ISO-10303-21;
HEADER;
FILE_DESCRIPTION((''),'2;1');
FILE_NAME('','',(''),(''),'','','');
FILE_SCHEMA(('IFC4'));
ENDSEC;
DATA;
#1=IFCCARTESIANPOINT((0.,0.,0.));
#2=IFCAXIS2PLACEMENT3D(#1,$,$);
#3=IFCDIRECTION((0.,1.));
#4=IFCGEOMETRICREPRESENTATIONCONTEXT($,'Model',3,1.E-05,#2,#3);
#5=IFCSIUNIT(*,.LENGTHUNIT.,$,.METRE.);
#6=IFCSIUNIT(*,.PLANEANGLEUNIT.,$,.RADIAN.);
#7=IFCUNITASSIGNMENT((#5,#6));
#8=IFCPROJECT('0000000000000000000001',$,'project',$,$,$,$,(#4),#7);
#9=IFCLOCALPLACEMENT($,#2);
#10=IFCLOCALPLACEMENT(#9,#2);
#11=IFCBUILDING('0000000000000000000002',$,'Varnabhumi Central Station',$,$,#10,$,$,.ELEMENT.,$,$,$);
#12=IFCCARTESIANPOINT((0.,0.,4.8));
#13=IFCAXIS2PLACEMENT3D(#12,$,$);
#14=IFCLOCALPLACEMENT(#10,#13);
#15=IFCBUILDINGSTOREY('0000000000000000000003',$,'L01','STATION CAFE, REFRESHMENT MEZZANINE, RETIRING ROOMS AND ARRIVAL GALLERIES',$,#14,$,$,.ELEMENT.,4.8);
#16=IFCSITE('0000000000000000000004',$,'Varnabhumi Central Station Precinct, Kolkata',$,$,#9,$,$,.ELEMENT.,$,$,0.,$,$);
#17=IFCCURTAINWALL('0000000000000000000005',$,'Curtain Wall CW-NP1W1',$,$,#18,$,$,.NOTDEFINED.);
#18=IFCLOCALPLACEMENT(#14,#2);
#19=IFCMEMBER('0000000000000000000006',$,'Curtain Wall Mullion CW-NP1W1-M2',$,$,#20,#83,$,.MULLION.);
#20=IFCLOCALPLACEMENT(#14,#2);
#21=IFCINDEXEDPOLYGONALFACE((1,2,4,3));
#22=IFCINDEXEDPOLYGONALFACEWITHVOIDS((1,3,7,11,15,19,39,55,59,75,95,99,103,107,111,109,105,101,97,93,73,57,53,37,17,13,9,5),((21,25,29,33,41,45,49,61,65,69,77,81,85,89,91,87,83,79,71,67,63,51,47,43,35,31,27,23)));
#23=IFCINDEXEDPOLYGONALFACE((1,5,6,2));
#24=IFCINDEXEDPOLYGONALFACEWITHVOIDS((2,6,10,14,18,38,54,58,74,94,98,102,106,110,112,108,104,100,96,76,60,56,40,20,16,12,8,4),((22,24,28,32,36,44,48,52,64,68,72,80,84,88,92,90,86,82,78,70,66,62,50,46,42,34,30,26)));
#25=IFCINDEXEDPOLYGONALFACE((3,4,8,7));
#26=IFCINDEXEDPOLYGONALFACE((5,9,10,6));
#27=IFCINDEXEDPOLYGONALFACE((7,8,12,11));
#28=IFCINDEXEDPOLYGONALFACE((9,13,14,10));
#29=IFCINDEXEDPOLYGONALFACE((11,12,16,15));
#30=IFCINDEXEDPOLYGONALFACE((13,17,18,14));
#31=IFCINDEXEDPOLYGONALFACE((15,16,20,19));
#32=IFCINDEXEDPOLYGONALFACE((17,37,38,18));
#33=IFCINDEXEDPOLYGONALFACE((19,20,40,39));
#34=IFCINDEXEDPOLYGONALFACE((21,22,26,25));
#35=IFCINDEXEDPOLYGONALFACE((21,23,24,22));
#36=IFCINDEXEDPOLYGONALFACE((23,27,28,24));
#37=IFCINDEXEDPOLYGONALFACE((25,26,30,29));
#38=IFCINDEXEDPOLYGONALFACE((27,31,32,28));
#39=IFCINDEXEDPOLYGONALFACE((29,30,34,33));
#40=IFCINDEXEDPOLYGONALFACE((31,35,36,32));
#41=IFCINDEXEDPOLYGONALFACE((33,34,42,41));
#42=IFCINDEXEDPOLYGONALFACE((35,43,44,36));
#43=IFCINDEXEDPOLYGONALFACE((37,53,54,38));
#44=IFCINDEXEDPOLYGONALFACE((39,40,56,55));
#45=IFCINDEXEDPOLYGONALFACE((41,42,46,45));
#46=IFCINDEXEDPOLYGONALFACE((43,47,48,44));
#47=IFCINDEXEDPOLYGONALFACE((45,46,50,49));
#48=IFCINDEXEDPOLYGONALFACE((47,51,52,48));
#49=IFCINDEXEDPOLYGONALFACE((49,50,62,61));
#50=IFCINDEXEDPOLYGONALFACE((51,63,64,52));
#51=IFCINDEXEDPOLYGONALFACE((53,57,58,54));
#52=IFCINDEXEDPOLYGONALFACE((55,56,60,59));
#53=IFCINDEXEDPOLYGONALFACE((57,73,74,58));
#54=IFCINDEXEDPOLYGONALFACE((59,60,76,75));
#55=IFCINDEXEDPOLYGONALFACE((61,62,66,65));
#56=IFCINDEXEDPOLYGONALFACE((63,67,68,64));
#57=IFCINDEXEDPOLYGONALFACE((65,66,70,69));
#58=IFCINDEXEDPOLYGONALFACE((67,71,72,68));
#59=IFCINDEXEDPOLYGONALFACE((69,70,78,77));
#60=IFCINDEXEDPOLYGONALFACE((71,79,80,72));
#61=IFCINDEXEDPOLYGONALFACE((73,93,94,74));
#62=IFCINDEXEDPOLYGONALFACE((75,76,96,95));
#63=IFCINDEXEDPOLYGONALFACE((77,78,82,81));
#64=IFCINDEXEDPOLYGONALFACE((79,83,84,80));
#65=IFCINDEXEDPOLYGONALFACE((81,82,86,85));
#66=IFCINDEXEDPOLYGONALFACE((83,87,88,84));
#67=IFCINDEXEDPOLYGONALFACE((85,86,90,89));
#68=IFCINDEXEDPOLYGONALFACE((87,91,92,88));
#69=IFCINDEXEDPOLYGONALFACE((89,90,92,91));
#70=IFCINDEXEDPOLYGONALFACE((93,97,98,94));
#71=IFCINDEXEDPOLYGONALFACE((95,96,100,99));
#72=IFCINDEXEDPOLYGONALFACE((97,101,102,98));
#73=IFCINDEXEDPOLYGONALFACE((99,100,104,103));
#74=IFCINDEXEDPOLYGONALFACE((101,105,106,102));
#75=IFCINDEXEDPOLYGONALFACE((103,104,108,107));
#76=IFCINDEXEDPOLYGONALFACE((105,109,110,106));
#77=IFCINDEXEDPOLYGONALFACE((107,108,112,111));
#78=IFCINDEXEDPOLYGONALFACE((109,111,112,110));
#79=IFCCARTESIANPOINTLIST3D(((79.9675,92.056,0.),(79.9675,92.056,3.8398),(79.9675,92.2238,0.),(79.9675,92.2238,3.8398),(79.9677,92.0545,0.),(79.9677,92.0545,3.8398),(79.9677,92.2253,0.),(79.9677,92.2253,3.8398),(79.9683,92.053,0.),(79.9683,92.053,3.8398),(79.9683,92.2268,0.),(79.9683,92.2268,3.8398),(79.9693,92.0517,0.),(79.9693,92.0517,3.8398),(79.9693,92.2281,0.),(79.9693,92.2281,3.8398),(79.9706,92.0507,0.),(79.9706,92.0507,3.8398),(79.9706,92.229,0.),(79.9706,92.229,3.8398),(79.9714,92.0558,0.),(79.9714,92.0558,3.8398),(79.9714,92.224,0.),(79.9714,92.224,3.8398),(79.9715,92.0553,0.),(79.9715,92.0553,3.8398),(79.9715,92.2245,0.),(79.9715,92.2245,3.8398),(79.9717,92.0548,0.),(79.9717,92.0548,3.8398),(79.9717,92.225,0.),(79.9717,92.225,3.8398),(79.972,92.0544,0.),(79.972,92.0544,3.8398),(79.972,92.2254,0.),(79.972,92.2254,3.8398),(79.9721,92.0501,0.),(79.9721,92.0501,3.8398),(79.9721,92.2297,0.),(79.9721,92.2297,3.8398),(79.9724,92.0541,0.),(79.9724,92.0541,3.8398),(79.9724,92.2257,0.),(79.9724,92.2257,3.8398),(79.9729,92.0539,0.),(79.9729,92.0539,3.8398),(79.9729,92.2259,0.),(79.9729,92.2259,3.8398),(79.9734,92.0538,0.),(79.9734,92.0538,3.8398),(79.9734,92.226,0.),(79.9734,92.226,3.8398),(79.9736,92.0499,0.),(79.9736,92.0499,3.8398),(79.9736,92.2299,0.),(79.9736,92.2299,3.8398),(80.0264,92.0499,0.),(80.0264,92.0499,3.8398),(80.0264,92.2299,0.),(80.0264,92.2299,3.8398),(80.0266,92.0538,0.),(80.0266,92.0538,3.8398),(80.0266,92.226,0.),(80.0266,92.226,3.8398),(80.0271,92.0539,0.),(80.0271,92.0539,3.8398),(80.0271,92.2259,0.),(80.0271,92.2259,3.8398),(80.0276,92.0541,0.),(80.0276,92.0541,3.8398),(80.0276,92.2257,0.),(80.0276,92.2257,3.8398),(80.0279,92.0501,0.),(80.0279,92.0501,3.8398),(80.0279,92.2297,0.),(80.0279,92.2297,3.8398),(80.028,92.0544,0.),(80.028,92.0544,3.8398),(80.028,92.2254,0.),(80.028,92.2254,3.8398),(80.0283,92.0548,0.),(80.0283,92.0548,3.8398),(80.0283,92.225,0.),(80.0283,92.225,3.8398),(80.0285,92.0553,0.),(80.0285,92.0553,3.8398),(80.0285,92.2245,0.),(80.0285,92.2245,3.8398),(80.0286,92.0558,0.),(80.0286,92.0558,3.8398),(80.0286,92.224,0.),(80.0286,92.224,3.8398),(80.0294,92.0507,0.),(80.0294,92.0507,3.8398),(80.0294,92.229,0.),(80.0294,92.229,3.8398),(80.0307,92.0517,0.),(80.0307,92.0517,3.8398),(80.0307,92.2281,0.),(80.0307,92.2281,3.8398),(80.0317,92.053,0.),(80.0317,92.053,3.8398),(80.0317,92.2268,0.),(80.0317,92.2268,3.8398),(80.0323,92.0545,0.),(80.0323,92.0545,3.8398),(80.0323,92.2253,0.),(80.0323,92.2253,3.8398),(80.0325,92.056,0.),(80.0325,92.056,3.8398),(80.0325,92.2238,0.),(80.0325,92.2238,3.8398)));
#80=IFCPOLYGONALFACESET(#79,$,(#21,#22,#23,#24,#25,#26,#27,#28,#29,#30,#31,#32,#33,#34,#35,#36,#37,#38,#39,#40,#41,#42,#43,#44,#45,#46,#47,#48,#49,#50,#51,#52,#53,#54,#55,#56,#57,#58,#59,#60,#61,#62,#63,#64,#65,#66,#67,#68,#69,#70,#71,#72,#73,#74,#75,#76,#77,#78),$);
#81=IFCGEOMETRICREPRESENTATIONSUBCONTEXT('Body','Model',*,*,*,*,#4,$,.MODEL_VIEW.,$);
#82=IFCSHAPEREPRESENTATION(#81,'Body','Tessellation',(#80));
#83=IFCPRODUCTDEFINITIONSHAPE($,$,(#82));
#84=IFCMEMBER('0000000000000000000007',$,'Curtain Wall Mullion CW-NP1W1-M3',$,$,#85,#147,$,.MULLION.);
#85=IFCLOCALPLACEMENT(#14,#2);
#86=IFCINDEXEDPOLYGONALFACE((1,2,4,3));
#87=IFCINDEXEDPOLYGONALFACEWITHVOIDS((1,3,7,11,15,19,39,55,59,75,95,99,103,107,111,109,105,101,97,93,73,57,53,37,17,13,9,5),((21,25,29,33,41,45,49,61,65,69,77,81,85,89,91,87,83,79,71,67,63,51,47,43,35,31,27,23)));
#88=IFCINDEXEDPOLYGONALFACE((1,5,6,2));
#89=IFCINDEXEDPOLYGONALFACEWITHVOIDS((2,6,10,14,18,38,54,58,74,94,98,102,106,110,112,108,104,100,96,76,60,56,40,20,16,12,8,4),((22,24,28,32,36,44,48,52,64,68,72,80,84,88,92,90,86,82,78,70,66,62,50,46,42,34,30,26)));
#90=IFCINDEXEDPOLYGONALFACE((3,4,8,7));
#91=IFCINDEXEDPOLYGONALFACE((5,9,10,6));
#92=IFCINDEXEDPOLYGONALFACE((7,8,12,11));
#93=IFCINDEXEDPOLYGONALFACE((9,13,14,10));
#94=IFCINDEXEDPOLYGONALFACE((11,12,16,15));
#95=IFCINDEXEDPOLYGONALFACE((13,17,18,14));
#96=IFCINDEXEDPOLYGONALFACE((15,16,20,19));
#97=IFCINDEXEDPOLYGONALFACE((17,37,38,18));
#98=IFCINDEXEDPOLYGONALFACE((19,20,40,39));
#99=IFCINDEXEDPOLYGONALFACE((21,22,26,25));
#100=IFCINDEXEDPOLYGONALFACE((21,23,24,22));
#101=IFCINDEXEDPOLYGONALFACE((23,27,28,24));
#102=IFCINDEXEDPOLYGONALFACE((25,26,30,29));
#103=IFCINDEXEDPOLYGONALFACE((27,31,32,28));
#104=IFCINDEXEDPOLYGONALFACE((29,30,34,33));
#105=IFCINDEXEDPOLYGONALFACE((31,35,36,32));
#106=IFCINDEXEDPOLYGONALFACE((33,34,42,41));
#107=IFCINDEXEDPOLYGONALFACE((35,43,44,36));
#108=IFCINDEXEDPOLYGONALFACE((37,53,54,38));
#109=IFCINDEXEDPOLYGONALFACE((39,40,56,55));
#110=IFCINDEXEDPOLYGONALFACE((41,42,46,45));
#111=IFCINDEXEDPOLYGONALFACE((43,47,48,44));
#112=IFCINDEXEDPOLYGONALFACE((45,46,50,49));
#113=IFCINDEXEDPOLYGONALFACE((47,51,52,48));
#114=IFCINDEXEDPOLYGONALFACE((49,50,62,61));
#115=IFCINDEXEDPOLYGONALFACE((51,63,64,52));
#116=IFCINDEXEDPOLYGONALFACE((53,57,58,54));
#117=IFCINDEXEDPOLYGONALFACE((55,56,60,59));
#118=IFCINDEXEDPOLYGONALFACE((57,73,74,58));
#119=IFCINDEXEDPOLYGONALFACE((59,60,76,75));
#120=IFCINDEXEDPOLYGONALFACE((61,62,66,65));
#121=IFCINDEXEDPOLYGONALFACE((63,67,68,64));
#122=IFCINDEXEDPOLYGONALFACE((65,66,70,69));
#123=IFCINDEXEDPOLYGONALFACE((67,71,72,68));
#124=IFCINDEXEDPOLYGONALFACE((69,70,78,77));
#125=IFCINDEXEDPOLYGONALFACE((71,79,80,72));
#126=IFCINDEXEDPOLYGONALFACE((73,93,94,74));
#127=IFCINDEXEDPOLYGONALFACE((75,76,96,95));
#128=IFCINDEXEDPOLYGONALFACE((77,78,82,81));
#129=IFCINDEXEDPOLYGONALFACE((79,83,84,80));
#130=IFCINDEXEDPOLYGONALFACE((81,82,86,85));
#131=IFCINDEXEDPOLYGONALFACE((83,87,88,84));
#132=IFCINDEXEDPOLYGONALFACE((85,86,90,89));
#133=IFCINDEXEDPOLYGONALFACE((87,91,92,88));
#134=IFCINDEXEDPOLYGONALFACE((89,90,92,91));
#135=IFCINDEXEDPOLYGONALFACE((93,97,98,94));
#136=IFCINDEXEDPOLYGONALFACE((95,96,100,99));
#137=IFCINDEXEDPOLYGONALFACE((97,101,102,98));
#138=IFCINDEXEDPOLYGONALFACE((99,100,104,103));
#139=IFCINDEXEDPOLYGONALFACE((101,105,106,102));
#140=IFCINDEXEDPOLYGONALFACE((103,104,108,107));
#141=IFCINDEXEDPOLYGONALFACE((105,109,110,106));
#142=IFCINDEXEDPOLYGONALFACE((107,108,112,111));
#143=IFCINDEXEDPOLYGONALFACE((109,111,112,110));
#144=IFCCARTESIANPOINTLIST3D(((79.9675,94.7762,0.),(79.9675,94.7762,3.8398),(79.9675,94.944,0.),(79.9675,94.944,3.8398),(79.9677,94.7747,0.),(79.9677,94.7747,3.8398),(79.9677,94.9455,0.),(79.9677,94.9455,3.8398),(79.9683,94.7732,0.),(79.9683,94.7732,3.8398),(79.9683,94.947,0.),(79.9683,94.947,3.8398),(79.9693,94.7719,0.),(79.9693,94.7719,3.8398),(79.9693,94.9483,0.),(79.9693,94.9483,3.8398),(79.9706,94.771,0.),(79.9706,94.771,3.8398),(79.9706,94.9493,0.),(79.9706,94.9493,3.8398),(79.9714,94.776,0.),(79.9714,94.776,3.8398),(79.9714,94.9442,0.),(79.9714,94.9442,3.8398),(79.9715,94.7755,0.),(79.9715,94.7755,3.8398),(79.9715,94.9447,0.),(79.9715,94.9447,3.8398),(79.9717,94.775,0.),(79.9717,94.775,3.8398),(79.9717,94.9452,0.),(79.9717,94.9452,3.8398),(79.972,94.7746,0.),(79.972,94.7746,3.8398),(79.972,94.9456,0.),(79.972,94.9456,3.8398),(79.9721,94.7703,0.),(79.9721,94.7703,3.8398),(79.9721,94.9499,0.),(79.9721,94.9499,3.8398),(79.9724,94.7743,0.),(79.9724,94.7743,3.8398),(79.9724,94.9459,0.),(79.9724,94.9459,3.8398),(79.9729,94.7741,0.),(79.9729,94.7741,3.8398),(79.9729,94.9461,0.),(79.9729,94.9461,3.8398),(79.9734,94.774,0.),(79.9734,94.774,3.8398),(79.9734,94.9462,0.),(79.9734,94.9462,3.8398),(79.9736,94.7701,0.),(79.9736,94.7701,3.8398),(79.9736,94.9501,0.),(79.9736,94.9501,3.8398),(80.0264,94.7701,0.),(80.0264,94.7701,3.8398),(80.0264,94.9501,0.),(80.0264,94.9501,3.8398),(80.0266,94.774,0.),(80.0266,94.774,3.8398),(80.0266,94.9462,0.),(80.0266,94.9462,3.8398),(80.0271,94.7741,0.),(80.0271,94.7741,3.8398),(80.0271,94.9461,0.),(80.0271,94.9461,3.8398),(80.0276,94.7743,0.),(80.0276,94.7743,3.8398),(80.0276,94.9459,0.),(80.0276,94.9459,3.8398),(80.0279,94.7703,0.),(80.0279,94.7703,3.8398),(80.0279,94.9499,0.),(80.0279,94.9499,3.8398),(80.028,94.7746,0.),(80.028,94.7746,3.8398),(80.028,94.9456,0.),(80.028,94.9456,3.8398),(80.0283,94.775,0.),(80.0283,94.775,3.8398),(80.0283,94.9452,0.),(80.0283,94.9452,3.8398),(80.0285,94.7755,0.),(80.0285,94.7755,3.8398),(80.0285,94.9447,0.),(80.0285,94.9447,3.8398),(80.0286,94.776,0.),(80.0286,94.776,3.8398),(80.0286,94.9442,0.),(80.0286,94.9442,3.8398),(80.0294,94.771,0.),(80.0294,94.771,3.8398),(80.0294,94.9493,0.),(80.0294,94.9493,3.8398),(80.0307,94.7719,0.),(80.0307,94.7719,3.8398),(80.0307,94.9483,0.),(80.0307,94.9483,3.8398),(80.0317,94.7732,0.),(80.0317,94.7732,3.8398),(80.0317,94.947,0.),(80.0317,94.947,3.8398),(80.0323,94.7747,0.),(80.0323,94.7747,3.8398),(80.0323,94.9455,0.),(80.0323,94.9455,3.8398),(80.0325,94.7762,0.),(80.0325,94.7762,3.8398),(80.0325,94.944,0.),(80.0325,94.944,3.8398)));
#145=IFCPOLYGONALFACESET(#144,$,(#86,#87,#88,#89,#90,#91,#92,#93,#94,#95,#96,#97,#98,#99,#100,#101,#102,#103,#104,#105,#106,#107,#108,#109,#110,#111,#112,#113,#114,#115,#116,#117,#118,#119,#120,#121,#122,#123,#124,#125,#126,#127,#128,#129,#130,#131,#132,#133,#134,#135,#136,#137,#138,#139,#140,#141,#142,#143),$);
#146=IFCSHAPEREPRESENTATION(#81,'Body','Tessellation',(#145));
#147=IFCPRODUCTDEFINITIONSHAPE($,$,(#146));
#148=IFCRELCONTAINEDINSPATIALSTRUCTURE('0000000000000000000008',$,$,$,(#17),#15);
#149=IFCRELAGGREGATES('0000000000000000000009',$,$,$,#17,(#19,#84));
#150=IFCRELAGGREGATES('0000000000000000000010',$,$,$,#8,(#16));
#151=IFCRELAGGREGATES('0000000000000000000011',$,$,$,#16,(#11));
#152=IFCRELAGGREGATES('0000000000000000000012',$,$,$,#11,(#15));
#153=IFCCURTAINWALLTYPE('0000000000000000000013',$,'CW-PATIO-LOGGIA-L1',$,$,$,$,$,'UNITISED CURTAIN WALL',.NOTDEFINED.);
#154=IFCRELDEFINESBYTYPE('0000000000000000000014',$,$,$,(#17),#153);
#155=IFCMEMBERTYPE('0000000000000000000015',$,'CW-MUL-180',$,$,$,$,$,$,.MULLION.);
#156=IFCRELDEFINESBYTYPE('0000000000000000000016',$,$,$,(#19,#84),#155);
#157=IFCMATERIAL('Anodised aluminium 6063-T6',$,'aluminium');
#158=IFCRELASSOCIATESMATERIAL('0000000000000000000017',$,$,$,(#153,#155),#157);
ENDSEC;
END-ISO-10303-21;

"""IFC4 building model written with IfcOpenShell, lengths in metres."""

from ifc_helpers import new_model, si_unit, direction, frame, origin, origin_2d, place, context, subcontext, project, spatial, hollow_rectangle, extrude, material, material_profile, profile_set, type_object, element, aggregate, save


model = new_model("IFC4")

# Units and contexts
model_context = context("Model", 3, precision=1e-05, world=origin(), true_north=direction((0.0, 1.0)))
body_context = subcontext(model_context, "Body", "Model", "MODEL_VIEW")
ifc_project = project(units=[si_unit("LENGTHUNIT", "METRE"), si_unit("PLANEANGLEUNIT", "RADIAN")], contexts=[model_context])

# Site, building, storey
site_placement = place(None, origin())
site = spatial("IfcSite", under=ifc_project, at=site_placement, Name="Varnabhumi Central Station Precinct, Kolkata", CompositionType="ELEMENT", RefElevation=0.0)
building_placement = place(site_placement, origin())
building = spatial("IfcBuilding", under=site, at=building_placement, Name="Varnabhumi Central Station", CompositionType="ELEMENT")
storey_placement = place(building_placement, frame((0.0, 0.0, 4.8)))
storey = spatial("IfcBuildingStorey", under=building, at=storey_placement, Name="L01", Description="STATION CAFE, REFRESHMENT MEZZANINE, RETIRING ROOMS AND ARRIVAL GALLERIES", CompositionType="ELEMENT", Elevation=4.8)

# Curtain wall, members
ifc_material_1 = material(Name="Anodised aluminium 6063-T6", Category="aluminium")
curtain_wall_type = type_object("IfcCurtainWallType", Name="CW-PATIO-LOGGIA-L1", ElementType="UNITISED CURTAIN WALL", PredefinedType="NOTDEFINED", material=ifc_material_1)
curtain_wall_placement = place(storey_placement, origin())
curtain_wall = element("IfcCurtainWall", 1, at=curtain_wall_placement, inside=storey, type_object=curtain_wall_type, Name="Curtain Wall CW-NP1W1", PredefinedType="NOTDEFINED")
ifc_material_profile_1 = material_profile(ifc_material_1, hollow_rectangle(XDim=0.0649, YDim=0.1799, WallThickness=0.0039, InnerFilletRadius=0.002, OuterFilletRadius=0.0061, at=origin_2d()), Name="Anodised aluminium 6063-T6", Category="aluminium")
ifc_profile_set_1 = profile_set([ifc_material_profile_1], Name="Anodised aluminium 6063-T6")
member_type_1 = type_object("IfcMemberType", Name="CW-MUL-180", PredefinedType="MULLION", material=ifc_profile_set_1)
member_1_placement = place(storey_placement, frame((80.0, 92.1399, 0.0), z_axis=(0.0, 0.0, 1.0), x_axis=(1.0, 0.0, 0.0)))
member_1 = element("IfcMember", 2, at=member_1_placement, type_object=member_type_1, Name="Curtain Wall Mullion CW-NP1W1-M2", PredefinedType="MULLION", context=body_context, shape_type="SweptSolid", body=[
    extrude(hollow_rectangle(XDim=0.0649, YDim=0.1799, WallThickness=0.0039, InnerFilletRadius=0.002, OuterFilletRadius=0.0061, at=origin_2d()), origin(), (0.0, 0.0, 1.0), 3.8398),
])
member_2_placement = place(storey_placement, frame((80.0, 94.8601, 0.0), z_axis=(0.0, 0.0, 1.0), x_axis=(1.0, 0.0, 0.0)))
member_2 = element("IfcMember", 3, at=member_2_placement, type_object=member_type_1, Name="Curtain Wall Mullion CW-NP1W1-M3", PredefinedType="MULLION", context=body_context, shape_type="SweptSolid", body=[
    extrude(hollow_rectangle(XDim=0.0649, YDim=0.1799, WallThickness=0.0039, InnerFilletRadius=0.002, OuterFilletRadius=0.0061, at=origin_2d()), origin(), (0.0, 0.0, 1.0), 3.8398),
])
aggregate(curtain_wall, [member_1, member_2])

save(model, "model.ifc")
